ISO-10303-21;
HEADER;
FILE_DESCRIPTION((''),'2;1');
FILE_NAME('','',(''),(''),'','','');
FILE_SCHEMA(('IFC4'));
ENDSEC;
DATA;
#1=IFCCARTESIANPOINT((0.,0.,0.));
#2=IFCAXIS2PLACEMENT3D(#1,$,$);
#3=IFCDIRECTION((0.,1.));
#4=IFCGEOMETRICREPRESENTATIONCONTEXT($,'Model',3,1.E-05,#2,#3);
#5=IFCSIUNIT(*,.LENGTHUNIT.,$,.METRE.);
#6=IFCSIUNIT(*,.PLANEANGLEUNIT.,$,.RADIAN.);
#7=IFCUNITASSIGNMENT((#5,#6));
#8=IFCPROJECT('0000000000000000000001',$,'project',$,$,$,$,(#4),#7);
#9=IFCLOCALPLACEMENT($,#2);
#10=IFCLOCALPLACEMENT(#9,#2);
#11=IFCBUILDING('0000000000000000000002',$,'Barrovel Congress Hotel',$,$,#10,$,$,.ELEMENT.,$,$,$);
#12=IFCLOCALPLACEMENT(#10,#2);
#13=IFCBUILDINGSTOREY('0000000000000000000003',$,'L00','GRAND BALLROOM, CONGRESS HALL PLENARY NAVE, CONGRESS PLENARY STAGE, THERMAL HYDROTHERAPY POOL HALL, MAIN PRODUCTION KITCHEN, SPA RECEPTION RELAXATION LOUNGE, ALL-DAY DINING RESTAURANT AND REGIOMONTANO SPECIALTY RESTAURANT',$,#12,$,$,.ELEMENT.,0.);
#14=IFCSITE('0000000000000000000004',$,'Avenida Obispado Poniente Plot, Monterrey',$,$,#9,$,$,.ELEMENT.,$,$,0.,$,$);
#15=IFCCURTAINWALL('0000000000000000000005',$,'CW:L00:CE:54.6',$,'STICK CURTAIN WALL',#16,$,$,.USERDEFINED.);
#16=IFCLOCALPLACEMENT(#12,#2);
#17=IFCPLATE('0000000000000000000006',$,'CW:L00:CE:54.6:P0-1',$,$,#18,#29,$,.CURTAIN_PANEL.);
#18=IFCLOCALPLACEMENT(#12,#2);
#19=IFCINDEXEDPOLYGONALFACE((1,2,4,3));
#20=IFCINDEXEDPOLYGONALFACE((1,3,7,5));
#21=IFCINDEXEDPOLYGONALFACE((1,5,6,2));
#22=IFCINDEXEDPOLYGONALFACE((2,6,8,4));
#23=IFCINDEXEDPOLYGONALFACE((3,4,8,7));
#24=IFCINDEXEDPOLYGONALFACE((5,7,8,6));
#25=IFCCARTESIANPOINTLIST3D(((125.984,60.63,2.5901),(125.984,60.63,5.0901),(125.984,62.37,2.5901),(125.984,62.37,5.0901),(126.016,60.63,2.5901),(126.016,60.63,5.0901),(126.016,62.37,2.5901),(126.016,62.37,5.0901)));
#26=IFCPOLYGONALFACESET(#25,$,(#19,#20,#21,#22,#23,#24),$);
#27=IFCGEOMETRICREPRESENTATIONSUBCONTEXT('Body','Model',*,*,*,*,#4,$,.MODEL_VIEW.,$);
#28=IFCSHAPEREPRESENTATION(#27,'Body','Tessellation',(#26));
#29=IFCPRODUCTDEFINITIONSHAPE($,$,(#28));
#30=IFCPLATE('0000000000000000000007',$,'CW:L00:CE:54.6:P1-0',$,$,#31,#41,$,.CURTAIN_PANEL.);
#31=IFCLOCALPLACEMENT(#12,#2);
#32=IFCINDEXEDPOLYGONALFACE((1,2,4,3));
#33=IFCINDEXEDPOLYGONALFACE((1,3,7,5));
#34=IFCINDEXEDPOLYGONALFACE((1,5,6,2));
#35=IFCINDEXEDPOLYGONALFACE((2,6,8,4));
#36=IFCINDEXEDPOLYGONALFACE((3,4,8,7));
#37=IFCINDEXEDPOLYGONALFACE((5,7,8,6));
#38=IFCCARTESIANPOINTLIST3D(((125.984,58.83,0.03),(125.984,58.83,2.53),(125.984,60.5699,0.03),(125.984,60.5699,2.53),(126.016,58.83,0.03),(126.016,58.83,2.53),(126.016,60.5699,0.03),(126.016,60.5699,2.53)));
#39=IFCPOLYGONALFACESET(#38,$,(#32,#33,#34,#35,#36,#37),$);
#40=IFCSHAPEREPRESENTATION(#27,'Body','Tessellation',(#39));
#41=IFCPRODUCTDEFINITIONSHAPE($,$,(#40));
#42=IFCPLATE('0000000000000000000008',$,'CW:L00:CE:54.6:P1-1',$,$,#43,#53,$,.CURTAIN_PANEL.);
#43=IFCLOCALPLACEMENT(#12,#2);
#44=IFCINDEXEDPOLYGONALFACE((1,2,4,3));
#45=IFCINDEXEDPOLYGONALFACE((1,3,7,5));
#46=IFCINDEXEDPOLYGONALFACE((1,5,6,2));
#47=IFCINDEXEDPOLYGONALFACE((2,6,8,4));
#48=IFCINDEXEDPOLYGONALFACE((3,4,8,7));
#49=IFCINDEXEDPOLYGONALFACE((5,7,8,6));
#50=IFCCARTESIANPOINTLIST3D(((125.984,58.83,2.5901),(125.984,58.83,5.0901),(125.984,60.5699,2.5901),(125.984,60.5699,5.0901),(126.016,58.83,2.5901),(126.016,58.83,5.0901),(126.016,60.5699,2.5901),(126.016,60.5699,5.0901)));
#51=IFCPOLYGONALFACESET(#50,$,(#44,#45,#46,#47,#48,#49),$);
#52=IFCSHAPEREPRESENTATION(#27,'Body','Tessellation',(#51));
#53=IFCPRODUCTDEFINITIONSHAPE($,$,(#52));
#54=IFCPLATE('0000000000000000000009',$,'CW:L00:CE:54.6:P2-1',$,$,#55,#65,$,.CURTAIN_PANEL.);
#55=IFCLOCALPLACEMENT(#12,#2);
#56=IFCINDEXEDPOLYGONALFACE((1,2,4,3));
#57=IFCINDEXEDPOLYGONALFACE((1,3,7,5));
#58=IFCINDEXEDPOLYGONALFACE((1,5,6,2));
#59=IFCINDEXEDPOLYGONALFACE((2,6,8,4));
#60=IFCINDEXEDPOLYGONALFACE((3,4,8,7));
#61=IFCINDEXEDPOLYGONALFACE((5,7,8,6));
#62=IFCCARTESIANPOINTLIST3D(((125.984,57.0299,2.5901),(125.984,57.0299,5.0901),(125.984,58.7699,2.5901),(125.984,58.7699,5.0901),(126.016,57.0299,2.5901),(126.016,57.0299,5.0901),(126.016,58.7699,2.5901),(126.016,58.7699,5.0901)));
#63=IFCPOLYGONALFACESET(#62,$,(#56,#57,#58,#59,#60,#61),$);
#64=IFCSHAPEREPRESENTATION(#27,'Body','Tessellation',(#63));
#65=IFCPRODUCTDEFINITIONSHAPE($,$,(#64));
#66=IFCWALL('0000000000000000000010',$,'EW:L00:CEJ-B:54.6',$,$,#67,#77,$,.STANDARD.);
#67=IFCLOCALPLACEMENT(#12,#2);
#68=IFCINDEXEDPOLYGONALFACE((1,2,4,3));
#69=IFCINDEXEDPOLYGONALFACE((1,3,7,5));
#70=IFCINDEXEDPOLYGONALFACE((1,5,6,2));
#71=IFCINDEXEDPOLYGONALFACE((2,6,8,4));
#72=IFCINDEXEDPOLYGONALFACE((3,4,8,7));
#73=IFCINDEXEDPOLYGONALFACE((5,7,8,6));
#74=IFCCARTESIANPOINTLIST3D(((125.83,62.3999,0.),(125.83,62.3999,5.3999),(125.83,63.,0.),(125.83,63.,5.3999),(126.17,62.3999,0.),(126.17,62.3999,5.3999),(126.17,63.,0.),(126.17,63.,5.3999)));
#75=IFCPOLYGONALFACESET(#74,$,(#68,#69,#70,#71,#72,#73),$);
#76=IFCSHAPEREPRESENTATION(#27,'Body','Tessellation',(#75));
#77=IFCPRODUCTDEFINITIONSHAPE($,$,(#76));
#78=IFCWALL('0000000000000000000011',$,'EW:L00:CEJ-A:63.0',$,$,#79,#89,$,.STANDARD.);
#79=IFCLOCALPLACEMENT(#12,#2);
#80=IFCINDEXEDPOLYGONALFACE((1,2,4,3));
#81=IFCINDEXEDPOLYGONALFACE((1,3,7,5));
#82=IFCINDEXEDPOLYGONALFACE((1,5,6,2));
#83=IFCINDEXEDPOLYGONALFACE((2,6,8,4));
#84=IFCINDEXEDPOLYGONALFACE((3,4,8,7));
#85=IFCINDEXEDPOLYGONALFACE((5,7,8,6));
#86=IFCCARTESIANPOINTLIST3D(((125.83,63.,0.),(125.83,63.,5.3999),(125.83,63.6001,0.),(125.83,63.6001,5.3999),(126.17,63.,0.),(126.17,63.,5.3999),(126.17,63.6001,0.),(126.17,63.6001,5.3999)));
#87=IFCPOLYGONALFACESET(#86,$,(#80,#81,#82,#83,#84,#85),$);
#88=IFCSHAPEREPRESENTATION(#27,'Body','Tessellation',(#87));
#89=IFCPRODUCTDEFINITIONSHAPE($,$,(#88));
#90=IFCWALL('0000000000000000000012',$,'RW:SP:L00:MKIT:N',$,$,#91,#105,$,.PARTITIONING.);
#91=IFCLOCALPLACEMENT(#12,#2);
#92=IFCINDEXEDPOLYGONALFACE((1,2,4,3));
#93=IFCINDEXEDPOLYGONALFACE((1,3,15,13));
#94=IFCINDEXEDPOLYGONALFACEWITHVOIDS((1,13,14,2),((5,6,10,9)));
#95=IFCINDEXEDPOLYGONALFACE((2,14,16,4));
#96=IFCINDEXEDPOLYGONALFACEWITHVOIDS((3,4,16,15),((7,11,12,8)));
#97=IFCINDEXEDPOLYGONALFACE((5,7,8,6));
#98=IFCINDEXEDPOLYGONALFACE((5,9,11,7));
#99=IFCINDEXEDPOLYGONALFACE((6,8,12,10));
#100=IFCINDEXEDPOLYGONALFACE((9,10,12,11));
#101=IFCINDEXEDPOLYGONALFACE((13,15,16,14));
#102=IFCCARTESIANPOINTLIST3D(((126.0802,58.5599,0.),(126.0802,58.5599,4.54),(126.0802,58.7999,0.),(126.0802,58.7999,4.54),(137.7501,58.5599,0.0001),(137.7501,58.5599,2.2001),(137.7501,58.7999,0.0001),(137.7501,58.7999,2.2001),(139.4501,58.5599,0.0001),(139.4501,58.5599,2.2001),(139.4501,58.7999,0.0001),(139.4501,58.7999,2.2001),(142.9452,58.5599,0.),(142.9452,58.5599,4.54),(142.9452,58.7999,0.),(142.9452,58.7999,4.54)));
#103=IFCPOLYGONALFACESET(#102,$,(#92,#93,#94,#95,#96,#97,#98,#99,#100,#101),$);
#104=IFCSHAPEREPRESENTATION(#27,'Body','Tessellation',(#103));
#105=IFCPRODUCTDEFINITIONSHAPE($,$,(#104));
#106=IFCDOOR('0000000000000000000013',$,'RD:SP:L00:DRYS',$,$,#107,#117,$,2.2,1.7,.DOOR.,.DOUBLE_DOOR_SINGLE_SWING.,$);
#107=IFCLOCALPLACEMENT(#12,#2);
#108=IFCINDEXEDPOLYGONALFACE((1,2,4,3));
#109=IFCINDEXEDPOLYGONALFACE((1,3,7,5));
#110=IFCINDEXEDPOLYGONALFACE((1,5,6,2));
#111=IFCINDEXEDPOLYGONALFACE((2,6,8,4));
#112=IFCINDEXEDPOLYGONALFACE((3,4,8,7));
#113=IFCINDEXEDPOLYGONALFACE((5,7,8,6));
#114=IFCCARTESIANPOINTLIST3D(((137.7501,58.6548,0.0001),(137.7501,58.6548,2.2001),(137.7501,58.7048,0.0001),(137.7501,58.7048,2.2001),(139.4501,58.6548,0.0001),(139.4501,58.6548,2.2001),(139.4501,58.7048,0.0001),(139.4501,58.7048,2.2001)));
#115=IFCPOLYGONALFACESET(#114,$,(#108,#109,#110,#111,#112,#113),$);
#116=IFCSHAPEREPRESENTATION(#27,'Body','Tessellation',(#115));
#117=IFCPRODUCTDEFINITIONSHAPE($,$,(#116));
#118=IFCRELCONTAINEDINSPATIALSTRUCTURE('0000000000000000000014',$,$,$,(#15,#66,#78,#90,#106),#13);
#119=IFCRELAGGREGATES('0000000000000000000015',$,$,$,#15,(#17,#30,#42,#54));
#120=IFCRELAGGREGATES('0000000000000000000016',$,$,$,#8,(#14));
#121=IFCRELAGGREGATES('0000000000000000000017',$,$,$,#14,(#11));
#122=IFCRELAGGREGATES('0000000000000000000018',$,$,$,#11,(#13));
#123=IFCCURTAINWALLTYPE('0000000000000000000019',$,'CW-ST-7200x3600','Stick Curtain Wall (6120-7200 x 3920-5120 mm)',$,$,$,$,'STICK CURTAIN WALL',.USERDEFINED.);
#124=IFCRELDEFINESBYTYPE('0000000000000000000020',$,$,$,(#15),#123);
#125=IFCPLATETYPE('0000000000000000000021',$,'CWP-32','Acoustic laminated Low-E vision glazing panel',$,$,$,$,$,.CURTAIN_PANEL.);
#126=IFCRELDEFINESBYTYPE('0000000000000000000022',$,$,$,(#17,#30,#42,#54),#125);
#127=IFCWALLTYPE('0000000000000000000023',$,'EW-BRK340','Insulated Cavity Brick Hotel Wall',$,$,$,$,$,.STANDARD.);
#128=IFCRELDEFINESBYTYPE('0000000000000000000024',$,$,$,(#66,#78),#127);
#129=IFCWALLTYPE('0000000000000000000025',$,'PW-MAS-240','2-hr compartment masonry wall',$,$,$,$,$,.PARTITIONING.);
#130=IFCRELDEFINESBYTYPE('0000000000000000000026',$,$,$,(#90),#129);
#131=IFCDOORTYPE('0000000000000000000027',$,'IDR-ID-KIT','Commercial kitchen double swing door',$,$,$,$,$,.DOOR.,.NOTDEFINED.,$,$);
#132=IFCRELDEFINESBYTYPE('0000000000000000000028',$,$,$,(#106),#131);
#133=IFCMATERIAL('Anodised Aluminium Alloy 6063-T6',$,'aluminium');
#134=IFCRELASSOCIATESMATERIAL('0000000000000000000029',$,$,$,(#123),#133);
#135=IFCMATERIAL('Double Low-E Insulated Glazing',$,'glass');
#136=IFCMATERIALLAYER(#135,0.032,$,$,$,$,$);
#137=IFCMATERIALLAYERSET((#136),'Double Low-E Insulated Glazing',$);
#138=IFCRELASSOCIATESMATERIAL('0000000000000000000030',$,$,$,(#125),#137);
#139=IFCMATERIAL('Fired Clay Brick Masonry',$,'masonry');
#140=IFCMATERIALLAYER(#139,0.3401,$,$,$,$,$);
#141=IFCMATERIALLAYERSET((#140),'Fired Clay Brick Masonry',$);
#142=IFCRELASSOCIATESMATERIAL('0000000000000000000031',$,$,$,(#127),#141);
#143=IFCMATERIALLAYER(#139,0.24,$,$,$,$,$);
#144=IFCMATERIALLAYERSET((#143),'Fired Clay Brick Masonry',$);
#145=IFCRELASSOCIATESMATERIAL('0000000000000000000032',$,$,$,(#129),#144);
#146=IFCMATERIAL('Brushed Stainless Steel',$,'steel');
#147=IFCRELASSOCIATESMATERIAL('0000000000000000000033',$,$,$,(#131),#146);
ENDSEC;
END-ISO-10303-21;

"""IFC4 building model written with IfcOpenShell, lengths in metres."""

from ifc_helpers import new_model, si_unit, direction, frame, frame_2d, origin, origin_2d, place, context, subcontext, project, spatial, rectangle, extrude, material, layer, layer_set, type_object, element, fill, aggregate, save


model = new_model("IFC4")

# Units and contexts
model_context = context("Model", 3, precision=1e-05, world=origin(), true_north=direction((0.0, 1.0)))
body_context = subcontext(model_context, "Body", "Model", "MODEL_VIEW")
ifc_project = project(units=[si_unit("LENGTHUNIT", "METRE"), si_unit("PLANEANGLEUNIT", "RADIAN")], contexts=[model_context])

# Site, building, storey
site_placement = place(None, origin())
site = spatial("IfcSite", under=ifc_project, at=site_placement, Name="Avenida Obispado Poniente Plot, Monterrey", CompositionType="ELEMENT", RefElevation=0.0)
building_placement = place(site_placement, origin())
building = spatial("IfcBuilding", under=site, at=building_placement, Name="Barrovel Congress Hotel", CompositionType="ELEMENT")
storey_placement = place(building_placement, origin())
storey = spatial("IfcBuildingStorey", under=building, at=storey_placement, Name="L00", Description="GRAND BALLROOM, CONGRESS HALL PLENARY NAVE, CONGRESS PLENARY STAGE, THERMAL HYDROTHERAPY POOL HALL, MAIN PRODUCTION KITCHEN, SPA RECEPTION RELAXATION LOUNGE, ALL-DAY DINING RESTAURANT AND REGIOMONTANO SPECIALTY RESTAURANT", CompositionType="ELEMENT", Elevation=0.0)

# Curtain wall
ifc_material_1 = material(Name="Anodised Aluminium Alloy 6063-T6", Category="aluminium")
curtain_wall_type = type_object("IfcCurtainWallType", Name="CW-ST-7200x3600", Description="Stick Curtain Wall (6120-7200 x 3920-5120 mm)", ElementType="STICK CURTAIN WALL", PredefinedType="USERDEFINED", material=ifc_material_1)
curtain_wall_1_placement = place(storey_placement, origin())
curtain_wall_1 = element("IfcCurtainWall", 1, at=curtain_wall_1_placement, inside=storey, type_object=curtain_wall_type, Name="CW:L00:CE:54.6", ObjectType="STICK CURTAIN WALL", PredefinedType="USERDEFINED")

# Plates
ifc_material_2 = material(Name="Double Low-E Insulated Glazing", Category="glass")
ifc_layer_1 = layer(ifc_material_2, 0.032)
ifc_layer_set_1 = layer_set([ifc_layer_1], Name="Double Low-E Insulated Glazing")
plate_type_1 = type_object("IfcPlateType", Name="CWP-32", Description="Acoustic laminated Low-E vision glazing panel", PredefinedType="CURTAIN_PANEL", material=ifc_layer_set_1)
plate_1_placement = place(storey_placement, frame((126.0, 61.5, 2.5901), z_axis=(0.0, 0.0, 1.0), x_axis=(0.0, -1.0, 0.0)))
plate_1 = element("IfcPlate", 2, at=plate_1_placement, type_object=plate_type_1, Name="CW:L00:CE:54.6:P0-1", PredefinedType="CURTAIN_PANEL", context=body_context, shape_type="SweptSolid", body=[
    extrude(rectangle(XDim=1.74, YDim=0.032, at=origin_2d()), origin(), (0.0, 0.0, 1.0), 2.5),
])
plate_2_placement = place(storey_placement, frame((126.0, 59.7, 0.03), z_axis=(0.0, 0.0, 1.0), x_axis=(0.0, -1.0, 0.0)))
plate_2 = element("IfcPlate", 3, at=plate_2_placement, type_object=plate_type_1, Name="CW:L00:CE:54.6:P1-0", PredefinedType="CURTAIN_PANEL", context=body_context, shape_type="SweptSolid", body=[
    extrude(rectangle(XDim=1.74, YDim=0.032, at=origin_2d()), origin(), (0.0, 0.0, 1.0), 2.5),
])
plate_3_placement = place(storey_placement, frame((126.0, 59.7, 2.5901), z_axis=(0.0, 0.0, 1.0), x_axis=(0.0, -1.0, 0.0)))
plate_3 = element("IfcPlate", 4, at=plate_3_placement, type_object=plate_type_1, Name="CW:L00:CE:54.6:P1-1", PredefinedType="CURTAIN_PANEL", context=body_context, shape_type="SweptSolid", body=[
    extrude(rectangle(XDim=1.74, YDim=0.032, at=origin_2d()), origin(), (0.0, 0.0, 1.0), 2.5),
])
plate_4_placement = place(storey_placement, frame((126.0, 57.8999, 2.5901), z_axis=(0.0, 0.0, 1.0), x_axis=(0.0, -1.0, 0.0)))
plate_4 = element("IfcPlate", 5, at=plate_4_placement, type_object=plate_type_1, Name="CW:L00:CE:54.6:P2-1", PredefinedType="CURTAIN_PANEL", context=body_context, shape_type="SweptSolid", body=[
    extrude(rectangle(XDim=1.74, YDim=0.032, at=origin_2d()), origin(), (0.0, 0.0, 1.0), 2.5),
])
aggregate(curtain_wall_1, [plate_1, plate_2, plate_3, plate_4])

# Walls
ifc_material_3 = material(Name="Fired Clay Brick Masonry", Category="masonry")
ifc_layer_2 = layer(ifc_material_3, 0.3401)
ifc_layer_set_2 = layer_set([ifc_layer_2], Name="Fired Clay Brick Masonry")
wall_type_1 = type_object("IfcWallType", Name="EW-BRK340", Description="Insulated Cavity Brick Hotel Wall", PredefinedType="STANDARD", material=ifc_layer_set_2)
for number, where, z_axis, x_axis, name in (
    (6, (126.0, 63.0, 0.0), (0.0, 0.0, 1.0), (0.0, -1.0, 0.0), "EW:L00:CEJ-B:54.6"),
    (7, (126.0, 63.6001, 0.0), (0.0, 0.0, 1.0), (0.0, -1.0, 0.0), "EW:L00:CEJ-A:63.0"),
):
    element("IfcWall", number, at=place(storey_placement, frame(where, z_axis=z_axis, x_axis=x_axis)), inside=storey, type_object=wall_type_1, Name=name, PredefinedType="STANDARD", context=body_context, shape_type="SweptSolid", body=[
        extrude(rectangle(XDim=0.6001, YDim=0.3401, at=frame_2d((0.3, 0.0))), origin(), (0.0, 0.0, 1.0), 5.3999),
    ])

# Wall, opening, door
ifc_layer_3 = layer(ifc_material_3, 0.24)
ifc_layer_set_3 = layer_set([ifc_layer_3], Name="Fired Clay Brick Masonry")
wall_type_2 = type_object("IfcWallType", Name="PW-MAS-240", Description="2-hr compartment masonry wall", PredefinedType="PARTITIONING", material=ifc_layer_set_3)
wall_placement = place(storey_placement, frame((126.0801, 58.6799, 0.0), z_axis=(0.0, 0.0, 1.0), x_axis=(1.0, 0.0, 0.0)))
wall = element("IfcWall", 8, at=wall_placement, inside=storey, type_object=wall_type_2, Name="RW:SP:L00:MKIT:N", PredefinedType="PARTITIONING", context=body_context, shape_type="SweptSolid", body=[
    extrude(rectangle(XDim=16.865, YDim=0.24, at=frame_2d((8.4326, 0.0))), origin(), (0.0, 0.0, 1.0), 4.54),
])
opening_placement = place(wall_placement, frame((11.6699, 0.0, 0.0)))
opening = element("IfcOpeningElement", 9, at=opening_placement, cuts=wall, PredefinedType="OPENING", context=body_context, shape_type="SweptSolid", body=[
    extrude(rectangle(XDim=1.7, YDim=2.2, at=frame_2d((0.8501, 1.1001))), frame((0.0, 0.1299, 0.0), z_axis=(0.0, -1.0, 0.0), x_axis=(1.0, 0.0, 0.0)), (0.0, 0.0, 1.0), 0.26),
])
ifc_material_4 = material(Name="Brushed Stainless Steel", Category="steel")
door_type = type_object("IfcDoorType", Name="IDR-ID-KIT", Description="Commercial kitchen double swing door", OperationType="NOTDEFINED", PredefinedType="DOOR", material=ifc_material_4)
door_placement = place(opening_placement, origin())
door = element("IfcDoor", 10, at=door_placement, inside=storey, type_object=door_type, Name="RD:SP:L00:DRYS", OperationType="DOUBLE_DOOR_SINGLE_SWING", OverallHeight=2.2, OverallWidth=1.7, PredefinedType="DOOR", context=body_context, shape_type="SweptSolid", body=[
    extrude(rectangle(XDim=1.7, YDim=2.2, at=frame_2d((0.8501, 1.1001))), frame((0.0, 0.0249, 0.0), z_axis=(0.0, -1.0, 0.0), x_axis=(1.0, 0.0, 0.0)), (0.0, 0.0, 1.0), 0.05),
])
fill(opening, door)

save(model, "model.ifc")
